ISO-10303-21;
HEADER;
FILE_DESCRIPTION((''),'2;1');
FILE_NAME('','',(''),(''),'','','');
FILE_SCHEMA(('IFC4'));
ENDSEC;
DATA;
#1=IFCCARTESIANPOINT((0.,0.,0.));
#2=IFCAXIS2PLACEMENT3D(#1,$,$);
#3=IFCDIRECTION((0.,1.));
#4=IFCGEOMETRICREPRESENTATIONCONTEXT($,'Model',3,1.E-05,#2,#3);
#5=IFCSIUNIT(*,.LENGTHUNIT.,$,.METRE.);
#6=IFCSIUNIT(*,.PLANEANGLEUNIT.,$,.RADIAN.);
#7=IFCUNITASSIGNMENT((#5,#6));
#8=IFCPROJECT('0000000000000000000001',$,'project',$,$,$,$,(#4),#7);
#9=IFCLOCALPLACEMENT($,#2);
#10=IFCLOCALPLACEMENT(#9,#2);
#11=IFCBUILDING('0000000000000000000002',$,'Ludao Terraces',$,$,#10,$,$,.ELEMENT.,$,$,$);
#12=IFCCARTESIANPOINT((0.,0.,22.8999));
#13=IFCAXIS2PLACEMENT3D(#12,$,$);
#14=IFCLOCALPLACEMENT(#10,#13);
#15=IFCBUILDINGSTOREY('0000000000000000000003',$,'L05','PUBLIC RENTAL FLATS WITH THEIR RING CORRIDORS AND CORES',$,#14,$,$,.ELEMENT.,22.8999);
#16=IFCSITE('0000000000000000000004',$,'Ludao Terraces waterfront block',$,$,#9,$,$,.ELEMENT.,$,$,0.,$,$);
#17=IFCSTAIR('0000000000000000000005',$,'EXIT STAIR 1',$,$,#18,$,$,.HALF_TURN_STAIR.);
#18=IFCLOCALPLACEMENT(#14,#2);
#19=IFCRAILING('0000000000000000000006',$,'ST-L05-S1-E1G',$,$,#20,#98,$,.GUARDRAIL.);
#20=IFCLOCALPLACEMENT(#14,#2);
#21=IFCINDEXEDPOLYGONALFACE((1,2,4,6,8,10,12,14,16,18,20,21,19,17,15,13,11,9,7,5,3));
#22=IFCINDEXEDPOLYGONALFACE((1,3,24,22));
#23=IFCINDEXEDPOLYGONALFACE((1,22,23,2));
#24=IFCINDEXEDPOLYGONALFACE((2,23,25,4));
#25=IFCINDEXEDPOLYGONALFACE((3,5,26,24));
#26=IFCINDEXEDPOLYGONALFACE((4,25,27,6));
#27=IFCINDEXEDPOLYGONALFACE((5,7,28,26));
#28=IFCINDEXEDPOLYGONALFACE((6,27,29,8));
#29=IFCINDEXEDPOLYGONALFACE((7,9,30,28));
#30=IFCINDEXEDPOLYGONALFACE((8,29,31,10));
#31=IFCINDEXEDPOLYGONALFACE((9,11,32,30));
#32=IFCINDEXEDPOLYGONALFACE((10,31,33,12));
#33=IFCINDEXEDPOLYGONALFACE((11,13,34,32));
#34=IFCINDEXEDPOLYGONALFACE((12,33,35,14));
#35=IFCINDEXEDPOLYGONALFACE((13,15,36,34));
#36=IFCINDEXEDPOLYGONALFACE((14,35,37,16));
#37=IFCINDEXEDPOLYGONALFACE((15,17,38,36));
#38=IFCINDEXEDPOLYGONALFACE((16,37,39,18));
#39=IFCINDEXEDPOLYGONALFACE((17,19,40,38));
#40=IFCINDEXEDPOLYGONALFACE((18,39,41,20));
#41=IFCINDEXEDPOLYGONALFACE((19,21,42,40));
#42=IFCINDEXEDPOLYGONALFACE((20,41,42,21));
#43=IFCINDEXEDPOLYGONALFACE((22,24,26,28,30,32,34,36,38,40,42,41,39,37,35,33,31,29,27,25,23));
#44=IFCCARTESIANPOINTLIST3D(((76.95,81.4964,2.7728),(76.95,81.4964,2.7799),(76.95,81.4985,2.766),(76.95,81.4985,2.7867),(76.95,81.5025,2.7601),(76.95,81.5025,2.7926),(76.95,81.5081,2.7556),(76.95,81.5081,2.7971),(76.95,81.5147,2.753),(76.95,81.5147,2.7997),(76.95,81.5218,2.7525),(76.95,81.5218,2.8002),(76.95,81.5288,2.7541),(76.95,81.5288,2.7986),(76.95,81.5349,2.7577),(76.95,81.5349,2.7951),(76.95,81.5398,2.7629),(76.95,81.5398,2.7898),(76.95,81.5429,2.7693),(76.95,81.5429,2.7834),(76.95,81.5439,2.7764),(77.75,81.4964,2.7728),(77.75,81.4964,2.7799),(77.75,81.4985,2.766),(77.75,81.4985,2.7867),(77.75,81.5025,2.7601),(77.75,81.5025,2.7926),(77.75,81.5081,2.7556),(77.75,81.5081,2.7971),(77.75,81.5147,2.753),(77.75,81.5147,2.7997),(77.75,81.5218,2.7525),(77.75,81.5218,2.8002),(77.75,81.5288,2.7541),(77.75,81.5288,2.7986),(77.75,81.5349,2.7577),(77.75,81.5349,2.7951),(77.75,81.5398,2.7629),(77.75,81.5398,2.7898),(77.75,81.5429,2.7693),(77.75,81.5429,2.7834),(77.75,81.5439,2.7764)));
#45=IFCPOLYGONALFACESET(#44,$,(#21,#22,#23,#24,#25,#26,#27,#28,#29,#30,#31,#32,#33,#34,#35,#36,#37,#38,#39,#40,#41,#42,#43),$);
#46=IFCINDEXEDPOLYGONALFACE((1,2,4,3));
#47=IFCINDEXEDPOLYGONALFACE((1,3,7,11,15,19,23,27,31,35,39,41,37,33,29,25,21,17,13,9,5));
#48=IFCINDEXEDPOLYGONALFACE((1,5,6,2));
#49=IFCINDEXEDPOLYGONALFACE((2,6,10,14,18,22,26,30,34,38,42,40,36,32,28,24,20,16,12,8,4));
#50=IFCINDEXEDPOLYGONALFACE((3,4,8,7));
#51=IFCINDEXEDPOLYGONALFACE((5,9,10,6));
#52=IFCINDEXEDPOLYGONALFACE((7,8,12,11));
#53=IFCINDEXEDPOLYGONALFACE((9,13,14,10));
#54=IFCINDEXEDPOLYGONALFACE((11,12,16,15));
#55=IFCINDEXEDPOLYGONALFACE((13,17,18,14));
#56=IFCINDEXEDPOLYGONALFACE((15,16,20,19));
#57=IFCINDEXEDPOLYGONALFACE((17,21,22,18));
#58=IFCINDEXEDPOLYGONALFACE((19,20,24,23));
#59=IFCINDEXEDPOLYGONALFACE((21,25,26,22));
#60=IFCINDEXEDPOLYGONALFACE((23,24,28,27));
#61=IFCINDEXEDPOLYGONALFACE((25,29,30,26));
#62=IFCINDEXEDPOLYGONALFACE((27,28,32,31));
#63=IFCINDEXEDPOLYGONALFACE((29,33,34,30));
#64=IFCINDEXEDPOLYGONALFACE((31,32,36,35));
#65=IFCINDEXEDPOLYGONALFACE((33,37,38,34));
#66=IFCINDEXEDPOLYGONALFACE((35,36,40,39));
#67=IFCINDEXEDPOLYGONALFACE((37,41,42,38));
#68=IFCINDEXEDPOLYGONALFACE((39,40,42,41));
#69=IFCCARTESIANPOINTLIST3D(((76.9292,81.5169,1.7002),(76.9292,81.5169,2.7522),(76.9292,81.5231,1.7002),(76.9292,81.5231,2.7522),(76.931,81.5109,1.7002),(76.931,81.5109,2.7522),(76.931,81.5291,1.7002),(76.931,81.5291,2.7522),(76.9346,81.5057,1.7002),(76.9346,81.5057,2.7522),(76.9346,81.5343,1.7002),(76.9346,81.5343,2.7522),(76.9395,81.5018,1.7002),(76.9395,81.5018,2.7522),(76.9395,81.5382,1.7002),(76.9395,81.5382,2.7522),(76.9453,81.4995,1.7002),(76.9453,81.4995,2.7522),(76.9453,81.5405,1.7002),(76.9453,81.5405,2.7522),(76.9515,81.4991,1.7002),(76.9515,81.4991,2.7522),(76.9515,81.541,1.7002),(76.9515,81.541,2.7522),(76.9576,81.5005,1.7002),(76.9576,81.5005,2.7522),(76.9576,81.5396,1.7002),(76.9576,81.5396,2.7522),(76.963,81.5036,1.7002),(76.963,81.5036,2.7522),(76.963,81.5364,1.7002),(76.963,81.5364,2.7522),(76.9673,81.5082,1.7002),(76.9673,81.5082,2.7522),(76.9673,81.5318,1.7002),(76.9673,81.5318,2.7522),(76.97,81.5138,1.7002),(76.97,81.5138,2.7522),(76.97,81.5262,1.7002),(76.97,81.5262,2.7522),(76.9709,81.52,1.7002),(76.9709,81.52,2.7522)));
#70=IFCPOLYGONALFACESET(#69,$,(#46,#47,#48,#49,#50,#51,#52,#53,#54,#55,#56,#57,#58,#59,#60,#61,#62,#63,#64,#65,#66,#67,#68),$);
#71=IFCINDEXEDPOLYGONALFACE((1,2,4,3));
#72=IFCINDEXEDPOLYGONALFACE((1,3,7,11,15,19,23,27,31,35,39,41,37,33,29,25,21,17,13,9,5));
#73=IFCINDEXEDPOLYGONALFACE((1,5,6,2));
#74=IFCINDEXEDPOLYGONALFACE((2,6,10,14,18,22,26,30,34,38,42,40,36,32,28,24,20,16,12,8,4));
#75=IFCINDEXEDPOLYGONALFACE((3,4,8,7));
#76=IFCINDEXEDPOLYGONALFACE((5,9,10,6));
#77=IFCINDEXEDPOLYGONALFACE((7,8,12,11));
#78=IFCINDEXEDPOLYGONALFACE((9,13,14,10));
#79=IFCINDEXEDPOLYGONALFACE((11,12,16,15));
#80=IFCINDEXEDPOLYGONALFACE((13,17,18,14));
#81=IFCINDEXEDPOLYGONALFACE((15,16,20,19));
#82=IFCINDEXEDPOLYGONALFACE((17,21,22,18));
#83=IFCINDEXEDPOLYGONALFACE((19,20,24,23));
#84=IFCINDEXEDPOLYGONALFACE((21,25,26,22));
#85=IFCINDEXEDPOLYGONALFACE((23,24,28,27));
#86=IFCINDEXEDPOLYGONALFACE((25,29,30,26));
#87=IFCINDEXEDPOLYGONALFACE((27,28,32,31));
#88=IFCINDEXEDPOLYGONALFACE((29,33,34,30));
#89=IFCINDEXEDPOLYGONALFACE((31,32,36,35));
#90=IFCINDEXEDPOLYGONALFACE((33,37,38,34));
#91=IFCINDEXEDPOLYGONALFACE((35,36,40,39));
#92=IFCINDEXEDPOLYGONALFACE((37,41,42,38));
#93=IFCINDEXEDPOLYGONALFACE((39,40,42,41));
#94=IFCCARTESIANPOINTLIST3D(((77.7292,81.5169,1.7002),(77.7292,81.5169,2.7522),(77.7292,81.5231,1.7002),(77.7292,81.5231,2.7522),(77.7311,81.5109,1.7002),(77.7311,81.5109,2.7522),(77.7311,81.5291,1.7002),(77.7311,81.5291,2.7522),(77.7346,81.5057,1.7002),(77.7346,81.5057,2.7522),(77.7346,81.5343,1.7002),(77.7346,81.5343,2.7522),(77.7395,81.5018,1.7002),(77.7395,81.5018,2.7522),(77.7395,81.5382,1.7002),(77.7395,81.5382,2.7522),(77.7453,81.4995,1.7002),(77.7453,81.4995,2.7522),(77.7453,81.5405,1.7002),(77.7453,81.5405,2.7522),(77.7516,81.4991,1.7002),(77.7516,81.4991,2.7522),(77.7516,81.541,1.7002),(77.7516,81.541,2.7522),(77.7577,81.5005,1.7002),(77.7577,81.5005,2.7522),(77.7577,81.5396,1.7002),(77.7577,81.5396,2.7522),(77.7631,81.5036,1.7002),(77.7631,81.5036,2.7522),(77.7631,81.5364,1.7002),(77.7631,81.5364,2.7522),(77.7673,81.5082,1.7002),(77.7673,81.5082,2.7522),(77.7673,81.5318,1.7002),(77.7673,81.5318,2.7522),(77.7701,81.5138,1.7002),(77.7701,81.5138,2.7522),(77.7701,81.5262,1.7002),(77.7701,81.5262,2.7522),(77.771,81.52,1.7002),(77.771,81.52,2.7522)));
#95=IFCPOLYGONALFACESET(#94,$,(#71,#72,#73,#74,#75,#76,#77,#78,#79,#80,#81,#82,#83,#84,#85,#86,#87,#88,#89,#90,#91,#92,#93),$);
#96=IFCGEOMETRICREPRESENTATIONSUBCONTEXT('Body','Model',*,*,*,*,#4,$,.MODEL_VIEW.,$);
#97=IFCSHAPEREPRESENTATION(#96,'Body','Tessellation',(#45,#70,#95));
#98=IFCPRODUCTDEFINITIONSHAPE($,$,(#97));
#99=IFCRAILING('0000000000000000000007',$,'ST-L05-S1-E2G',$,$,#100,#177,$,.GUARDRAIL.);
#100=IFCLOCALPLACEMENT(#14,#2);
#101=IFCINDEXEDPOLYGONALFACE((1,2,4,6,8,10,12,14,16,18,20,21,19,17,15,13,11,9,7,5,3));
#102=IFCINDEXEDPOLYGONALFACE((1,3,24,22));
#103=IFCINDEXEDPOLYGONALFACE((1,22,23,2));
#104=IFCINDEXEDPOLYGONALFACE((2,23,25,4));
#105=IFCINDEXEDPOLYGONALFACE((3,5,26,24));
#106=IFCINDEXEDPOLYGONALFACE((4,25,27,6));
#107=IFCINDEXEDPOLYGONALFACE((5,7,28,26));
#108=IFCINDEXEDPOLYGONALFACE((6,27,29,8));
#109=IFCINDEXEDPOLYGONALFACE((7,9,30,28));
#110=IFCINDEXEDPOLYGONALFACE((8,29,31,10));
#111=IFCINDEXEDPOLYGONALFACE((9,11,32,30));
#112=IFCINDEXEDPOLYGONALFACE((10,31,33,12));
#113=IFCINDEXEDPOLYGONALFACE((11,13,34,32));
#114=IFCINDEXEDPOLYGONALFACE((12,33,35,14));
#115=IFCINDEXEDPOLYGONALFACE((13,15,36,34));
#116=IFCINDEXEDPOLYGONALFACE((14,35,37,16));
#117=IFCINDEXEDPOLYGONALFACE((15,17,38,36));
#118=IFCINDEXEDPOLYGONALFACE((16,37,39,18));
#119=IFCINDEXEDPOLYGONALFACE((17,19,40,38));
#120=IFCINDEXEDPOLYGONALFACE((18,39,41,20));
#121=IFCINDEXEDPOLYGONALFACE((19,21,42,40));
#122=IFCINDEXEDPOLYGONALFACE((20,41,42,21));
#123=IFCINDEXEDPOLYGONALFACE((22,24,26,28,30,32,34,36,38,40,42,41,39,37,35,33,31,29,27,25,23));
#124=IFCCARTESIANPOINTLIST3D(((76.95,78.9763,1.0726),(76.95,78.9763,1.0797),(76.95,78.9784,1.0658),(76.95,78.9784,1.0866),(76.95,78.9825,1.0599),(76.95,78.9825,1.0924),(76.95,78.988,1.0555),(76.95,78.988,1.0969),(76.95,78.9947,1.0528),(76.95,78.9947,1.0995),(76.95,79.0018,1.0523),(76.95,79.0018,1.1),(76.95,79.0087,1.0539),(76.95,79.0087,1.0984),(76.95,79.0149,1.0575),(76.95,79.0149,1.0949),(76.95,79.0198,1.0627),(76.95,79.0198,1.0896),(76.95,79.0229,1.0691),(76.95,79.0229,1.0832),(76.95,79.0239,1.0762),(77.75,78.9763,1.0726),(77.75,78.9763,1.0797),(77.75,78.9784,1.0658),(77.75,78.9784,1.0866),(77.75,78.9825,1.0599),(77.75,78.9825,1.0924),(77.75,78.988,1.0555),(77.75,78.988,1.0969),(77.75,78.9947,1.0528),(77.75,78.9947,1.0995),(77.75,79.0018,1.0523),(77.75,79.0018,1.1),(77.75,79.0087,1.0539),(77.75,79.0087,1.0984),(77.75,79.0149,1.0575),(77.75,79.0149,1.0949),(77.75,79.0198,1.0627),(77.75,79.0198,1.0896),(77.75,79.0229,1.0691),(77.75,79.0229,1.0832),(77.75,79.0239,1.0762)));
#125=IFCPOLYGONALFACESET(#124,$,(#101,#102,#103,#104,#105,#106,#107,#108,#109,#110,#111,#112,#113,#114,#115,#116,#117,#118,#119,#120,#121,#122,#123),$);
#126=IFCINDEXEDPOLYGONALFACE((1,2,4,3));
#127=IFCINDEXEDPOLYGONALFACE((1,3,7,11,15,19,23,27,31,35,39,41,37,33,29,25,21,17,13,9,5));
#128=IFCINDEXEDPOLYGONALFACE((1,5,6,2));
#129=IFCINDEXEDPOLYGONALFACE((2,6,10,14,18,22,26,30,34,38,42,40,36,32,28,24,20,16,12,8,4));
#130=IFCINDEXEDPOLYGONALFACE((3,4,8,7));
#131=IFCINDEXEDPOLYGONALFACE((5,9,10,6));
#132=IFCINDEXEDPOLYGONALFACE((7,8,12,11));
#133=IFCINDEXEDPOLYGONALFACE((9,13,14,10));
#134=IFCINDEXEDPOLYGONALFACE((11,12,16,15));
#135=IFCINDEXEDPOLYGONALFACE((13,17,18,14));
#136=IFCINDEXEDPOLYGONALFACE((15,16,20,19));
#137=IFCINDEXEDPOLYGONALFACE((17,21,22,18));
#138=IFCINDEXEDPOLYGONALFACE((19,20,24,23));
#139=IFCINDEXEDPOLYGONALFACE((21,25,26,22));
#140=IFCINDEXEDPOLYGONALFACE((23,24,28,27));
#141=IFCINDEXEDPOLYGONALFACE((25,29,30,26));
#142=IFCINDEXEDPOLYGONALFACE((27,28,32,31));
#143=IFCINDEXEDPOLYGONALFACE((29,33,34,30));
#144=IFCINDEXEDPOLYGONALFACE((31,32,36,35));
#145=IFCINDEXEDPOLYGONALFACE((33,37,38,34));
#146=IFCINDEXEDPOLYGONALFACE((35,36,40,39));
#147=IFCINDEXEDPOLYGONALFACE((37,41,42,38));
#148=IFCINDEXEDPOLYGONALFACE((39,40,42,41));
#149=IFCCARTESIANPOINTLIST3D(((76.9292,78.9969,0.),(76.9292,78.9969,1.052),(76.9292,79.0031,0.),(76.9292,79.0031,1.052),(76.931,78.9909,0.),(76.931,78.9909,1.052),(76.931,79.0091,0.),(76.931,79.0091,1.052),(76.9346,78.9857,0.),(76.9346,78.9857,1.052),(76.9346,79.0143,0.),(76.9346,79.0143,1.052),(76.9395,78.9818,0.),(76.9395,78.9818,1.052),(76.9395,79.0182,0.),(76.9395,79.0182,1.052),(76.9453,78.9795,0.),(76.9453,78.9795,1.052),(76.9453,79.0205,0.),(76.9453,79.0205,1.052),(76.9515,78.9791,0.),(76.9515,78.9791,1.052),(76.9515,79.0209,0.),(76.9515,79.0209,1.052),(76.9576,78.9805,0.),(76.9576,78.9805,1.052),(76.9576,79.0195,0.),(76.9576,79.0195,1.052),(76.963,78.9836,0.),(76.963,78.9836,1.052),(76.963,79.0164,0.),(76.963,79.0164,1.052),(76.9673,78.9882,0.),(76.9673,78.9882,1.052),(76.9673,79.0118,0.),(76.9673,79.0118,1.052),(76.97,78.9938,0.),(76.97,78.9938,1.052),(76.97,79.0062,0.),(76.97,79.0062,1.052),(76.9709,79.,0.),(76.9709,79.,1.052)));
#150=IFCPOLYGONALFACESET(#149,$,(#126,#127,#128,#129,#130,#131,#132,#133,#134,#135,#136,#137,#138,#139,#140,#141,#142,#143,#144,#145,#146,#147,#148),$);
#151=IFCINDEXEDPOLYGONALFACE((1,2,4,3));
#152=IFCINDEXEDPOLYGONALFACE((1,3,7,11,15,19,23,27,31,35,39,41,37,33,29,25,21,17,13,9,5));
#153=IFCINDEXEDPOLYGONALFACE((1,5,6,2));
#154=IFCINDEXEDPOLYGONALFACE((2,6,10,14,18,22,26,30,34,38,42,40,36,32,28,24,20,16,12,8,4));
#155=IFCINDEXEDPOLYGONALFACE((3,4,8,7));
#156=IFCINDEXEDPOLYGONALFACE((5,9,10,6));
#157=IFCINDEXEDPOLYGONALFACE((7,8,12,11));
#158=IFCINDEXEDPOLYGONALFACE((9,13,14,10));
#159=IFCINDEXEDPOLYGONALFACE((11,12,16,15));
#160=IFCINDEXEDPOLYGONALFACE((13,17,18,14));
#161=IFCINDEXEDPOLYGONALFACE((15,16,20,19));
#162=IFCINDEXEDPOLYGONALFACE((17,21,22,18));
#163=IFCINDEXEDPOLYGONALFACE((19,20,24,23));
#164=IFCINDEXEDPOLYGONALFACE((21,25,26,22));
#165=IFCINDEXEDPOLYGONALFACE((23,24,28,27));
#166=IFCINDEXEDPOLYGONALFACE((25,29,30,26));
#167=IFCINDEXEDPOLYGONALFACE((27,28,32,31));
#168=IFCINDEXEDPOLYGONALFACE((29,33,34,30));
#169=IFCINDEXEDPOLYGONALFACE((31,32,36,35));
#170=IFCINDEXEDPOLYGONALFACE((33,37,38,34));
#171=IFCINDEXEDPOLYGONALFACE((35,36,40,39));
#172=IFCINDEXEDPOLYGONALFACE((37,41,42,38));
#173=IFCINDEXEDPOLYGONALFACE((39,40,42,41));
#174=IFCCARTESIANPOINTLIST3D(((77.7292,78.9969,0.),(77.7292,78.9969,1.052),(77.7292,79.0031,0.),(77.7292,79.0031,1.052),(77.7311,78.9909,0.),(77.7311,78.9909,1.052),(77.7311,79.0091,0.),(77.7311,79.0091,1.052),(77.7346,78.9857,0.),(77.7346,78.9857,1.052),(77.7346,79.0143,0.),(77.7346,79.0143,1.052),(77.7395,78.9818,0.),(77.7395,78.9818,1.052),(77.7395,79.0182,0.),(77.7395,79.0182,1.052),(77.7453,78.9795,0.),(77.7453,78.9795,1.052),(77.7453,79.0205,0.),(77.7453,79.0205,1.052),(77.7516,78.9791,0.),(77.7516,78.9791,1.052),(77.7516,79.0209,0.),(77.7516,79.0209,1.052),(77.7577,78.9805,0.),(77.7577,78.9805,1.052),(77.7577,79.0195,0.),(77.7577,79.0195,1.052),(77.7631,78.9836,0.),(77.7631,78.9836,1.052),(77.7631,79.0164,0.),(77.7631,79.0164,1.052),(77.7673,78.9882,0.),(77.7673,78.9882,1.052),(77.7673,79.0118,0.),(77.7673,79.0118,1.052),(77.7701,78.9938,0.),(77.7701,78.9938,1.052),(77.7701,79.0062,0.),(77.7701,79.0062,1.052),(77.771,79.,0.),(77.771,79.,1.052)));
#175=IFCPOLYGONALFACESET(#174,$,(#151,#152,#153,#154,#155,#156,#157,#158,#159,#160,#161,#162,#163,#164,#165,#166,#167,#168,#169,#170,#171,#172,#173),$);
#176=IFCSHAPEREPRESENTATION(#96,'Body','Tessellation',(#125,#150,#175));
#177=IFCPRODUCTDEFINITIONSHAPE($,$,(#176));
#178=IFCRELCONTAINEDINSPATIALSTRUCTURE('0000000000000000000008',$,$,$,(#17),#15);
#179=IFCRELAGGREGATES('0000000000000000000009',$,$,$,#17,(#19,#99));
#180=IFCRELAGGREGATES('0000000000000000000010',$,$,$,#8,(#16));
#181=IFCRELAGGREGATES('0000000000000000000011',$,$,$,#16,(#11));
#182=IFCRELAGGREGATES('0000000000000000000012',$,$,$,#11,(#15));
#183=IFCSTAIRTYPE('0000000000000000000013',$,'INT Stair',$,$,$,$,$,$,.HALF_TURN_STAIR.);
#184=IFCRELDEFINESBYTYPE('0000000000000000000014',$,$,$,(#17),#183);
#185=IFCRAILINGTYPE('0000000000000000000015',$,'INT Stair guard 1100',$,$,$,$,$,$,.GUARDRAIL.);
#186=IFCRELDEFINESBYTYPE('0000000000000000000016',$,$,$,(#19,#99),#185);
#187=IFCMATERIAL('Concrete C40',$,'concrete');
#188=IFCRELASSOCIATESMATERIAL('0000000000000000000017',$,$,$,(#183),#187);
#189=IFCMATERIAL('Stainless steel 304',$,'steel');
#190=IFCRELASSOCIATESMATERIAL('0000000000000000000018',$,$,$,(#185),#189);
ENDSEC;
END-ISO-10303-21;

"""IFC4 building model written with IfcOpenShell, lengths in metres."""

from ifc_helpers import new_model, si_unit, direction, frame, origin, origin_2d, place, context, subcontext, project, spatial, circle, extrude, material, type_object, element, aggregate, save


model = new_model("IFC4")

# Units and contexts
model_context = context("Model", 3, precision=1e-05, world=origin(), true_north=direction((0.0, 1.0)))
body_context = subcontext(model_context, "Body", "Model", "MODEL_VIEW")
ifc_project = project(units=[si_unit("LENGTHUNIT", "METRE"), si_unit("PLANEANGLEUNIT", "RADIAN")], contexts=[model_context])

# Site, building, storey
site_placement = place(None, origin())
site = spatial("IfcSite", under=ifc_project, at=site_placement, Name="Ludao Terraces waterfront block", CompositionType="ELEMENT", RefElevation=0.0)
building_placement = place(site_placement, origin())
building = spatial("IfcBuilding", under=site, at=building_placement, Name="Ludao Terraces", CompositionType="ELEMENT")
storey_placement = place(building_placement, frame((0.0, 0.0, 22.8999)))
storey = spatial("IfcBuildingStorey", under=building, at=storey_placement, Name="L05", Description="PUBLIC RENTAL FLATS WITH THEIR RING CORRIDORS AND CORES", CompositionType="ELEMENT", Elevation=22.8999)

# Stair, railings
ifc_material_1 = material(Name="Concrete C40", Category="concrete")
stair_type = type_object("IfcStairType", Name="INT Stair", PredefinedType="HALF_TURN_STAIR", material=ifc_material_1)
stair_placement = place(storey_placement, origin())
stair = element("IfcStair", 1, at=stair_placement, inside=storey, type_object=stair_type, Name="EXIT STAIR 1", PredefinedType="HALF_TURN_STAIR")
ifc_material_2 = material(Name="Stainless steel 304", Category="steel")
railing_type_1 = type_object("IfcRailingType", Name="INT Stair guard 1100", PredefinedType="GUARDRAIL", material=ifc_material_2)
railing_1_placement = place(storey_placement, frame((76.95, 81.52, 1.7002)))
railing_1 = element("IfcRailing", 2, at=railing_1_placement, type_object=railing_type_1, Name="ST-L05-S1-E1G", PredefinedType="GUARDRAIL", context=body_context, shape_type="SweptSolid", body=[
    extrude(circle(Radius=0.0239, at=origin_2d()), frame((0.0, 0.0, 1.0762), z_axis=(1.0, 0.0, 0.0), x_axis=(0.0, 1.0, 0.0)), (0.0, 0.0, 1.0), 0.8),
    extrude(circle(Radius=0.021, at=origin_2d()), origin(), (0.0, 0.0, 1.0), 1.052),
    extrude(circle(Radius=0.021, at=origin_2d()), frame((0.8, 0.0, 0.0)), (0.0, 0.0, 1.0), 1.052),
])
railing_2_placement = place(storey_placement, frame((76.95, 79.0, 0.0)))
railing_2 = element("IfcRailing", 3, at=railing_2_placement, type_object=railing_type_1, Name="ST-L05-S1-E2G", PredefinedType="GUARDRAIL", context=body_context, shape_type="SweptSolid", body=[
    extrude(circle(Radius=0.0239, at=origin_2d()), frame((0.0, 0.0, 1.0762), z_axis=(1.0, 0.0, 0.0), x_axis=(0.0, 1.0, 0.0)), (0.0, 0.0, 1.0), 0.8),
    extrude(circle(Radius=0.021, at=origin_2d()), origin(), (0.0, 0.0, 1.0), 1.052),
    extrude(circle(Radius=0.021, at=origin_2d()), frame((0.8, 0.0, 0.0)), (0.0, 0.0, 1.0), 1.052),
])
aggregate(stair, [railing_1, railing_2])

save(model, "model.ifc")
